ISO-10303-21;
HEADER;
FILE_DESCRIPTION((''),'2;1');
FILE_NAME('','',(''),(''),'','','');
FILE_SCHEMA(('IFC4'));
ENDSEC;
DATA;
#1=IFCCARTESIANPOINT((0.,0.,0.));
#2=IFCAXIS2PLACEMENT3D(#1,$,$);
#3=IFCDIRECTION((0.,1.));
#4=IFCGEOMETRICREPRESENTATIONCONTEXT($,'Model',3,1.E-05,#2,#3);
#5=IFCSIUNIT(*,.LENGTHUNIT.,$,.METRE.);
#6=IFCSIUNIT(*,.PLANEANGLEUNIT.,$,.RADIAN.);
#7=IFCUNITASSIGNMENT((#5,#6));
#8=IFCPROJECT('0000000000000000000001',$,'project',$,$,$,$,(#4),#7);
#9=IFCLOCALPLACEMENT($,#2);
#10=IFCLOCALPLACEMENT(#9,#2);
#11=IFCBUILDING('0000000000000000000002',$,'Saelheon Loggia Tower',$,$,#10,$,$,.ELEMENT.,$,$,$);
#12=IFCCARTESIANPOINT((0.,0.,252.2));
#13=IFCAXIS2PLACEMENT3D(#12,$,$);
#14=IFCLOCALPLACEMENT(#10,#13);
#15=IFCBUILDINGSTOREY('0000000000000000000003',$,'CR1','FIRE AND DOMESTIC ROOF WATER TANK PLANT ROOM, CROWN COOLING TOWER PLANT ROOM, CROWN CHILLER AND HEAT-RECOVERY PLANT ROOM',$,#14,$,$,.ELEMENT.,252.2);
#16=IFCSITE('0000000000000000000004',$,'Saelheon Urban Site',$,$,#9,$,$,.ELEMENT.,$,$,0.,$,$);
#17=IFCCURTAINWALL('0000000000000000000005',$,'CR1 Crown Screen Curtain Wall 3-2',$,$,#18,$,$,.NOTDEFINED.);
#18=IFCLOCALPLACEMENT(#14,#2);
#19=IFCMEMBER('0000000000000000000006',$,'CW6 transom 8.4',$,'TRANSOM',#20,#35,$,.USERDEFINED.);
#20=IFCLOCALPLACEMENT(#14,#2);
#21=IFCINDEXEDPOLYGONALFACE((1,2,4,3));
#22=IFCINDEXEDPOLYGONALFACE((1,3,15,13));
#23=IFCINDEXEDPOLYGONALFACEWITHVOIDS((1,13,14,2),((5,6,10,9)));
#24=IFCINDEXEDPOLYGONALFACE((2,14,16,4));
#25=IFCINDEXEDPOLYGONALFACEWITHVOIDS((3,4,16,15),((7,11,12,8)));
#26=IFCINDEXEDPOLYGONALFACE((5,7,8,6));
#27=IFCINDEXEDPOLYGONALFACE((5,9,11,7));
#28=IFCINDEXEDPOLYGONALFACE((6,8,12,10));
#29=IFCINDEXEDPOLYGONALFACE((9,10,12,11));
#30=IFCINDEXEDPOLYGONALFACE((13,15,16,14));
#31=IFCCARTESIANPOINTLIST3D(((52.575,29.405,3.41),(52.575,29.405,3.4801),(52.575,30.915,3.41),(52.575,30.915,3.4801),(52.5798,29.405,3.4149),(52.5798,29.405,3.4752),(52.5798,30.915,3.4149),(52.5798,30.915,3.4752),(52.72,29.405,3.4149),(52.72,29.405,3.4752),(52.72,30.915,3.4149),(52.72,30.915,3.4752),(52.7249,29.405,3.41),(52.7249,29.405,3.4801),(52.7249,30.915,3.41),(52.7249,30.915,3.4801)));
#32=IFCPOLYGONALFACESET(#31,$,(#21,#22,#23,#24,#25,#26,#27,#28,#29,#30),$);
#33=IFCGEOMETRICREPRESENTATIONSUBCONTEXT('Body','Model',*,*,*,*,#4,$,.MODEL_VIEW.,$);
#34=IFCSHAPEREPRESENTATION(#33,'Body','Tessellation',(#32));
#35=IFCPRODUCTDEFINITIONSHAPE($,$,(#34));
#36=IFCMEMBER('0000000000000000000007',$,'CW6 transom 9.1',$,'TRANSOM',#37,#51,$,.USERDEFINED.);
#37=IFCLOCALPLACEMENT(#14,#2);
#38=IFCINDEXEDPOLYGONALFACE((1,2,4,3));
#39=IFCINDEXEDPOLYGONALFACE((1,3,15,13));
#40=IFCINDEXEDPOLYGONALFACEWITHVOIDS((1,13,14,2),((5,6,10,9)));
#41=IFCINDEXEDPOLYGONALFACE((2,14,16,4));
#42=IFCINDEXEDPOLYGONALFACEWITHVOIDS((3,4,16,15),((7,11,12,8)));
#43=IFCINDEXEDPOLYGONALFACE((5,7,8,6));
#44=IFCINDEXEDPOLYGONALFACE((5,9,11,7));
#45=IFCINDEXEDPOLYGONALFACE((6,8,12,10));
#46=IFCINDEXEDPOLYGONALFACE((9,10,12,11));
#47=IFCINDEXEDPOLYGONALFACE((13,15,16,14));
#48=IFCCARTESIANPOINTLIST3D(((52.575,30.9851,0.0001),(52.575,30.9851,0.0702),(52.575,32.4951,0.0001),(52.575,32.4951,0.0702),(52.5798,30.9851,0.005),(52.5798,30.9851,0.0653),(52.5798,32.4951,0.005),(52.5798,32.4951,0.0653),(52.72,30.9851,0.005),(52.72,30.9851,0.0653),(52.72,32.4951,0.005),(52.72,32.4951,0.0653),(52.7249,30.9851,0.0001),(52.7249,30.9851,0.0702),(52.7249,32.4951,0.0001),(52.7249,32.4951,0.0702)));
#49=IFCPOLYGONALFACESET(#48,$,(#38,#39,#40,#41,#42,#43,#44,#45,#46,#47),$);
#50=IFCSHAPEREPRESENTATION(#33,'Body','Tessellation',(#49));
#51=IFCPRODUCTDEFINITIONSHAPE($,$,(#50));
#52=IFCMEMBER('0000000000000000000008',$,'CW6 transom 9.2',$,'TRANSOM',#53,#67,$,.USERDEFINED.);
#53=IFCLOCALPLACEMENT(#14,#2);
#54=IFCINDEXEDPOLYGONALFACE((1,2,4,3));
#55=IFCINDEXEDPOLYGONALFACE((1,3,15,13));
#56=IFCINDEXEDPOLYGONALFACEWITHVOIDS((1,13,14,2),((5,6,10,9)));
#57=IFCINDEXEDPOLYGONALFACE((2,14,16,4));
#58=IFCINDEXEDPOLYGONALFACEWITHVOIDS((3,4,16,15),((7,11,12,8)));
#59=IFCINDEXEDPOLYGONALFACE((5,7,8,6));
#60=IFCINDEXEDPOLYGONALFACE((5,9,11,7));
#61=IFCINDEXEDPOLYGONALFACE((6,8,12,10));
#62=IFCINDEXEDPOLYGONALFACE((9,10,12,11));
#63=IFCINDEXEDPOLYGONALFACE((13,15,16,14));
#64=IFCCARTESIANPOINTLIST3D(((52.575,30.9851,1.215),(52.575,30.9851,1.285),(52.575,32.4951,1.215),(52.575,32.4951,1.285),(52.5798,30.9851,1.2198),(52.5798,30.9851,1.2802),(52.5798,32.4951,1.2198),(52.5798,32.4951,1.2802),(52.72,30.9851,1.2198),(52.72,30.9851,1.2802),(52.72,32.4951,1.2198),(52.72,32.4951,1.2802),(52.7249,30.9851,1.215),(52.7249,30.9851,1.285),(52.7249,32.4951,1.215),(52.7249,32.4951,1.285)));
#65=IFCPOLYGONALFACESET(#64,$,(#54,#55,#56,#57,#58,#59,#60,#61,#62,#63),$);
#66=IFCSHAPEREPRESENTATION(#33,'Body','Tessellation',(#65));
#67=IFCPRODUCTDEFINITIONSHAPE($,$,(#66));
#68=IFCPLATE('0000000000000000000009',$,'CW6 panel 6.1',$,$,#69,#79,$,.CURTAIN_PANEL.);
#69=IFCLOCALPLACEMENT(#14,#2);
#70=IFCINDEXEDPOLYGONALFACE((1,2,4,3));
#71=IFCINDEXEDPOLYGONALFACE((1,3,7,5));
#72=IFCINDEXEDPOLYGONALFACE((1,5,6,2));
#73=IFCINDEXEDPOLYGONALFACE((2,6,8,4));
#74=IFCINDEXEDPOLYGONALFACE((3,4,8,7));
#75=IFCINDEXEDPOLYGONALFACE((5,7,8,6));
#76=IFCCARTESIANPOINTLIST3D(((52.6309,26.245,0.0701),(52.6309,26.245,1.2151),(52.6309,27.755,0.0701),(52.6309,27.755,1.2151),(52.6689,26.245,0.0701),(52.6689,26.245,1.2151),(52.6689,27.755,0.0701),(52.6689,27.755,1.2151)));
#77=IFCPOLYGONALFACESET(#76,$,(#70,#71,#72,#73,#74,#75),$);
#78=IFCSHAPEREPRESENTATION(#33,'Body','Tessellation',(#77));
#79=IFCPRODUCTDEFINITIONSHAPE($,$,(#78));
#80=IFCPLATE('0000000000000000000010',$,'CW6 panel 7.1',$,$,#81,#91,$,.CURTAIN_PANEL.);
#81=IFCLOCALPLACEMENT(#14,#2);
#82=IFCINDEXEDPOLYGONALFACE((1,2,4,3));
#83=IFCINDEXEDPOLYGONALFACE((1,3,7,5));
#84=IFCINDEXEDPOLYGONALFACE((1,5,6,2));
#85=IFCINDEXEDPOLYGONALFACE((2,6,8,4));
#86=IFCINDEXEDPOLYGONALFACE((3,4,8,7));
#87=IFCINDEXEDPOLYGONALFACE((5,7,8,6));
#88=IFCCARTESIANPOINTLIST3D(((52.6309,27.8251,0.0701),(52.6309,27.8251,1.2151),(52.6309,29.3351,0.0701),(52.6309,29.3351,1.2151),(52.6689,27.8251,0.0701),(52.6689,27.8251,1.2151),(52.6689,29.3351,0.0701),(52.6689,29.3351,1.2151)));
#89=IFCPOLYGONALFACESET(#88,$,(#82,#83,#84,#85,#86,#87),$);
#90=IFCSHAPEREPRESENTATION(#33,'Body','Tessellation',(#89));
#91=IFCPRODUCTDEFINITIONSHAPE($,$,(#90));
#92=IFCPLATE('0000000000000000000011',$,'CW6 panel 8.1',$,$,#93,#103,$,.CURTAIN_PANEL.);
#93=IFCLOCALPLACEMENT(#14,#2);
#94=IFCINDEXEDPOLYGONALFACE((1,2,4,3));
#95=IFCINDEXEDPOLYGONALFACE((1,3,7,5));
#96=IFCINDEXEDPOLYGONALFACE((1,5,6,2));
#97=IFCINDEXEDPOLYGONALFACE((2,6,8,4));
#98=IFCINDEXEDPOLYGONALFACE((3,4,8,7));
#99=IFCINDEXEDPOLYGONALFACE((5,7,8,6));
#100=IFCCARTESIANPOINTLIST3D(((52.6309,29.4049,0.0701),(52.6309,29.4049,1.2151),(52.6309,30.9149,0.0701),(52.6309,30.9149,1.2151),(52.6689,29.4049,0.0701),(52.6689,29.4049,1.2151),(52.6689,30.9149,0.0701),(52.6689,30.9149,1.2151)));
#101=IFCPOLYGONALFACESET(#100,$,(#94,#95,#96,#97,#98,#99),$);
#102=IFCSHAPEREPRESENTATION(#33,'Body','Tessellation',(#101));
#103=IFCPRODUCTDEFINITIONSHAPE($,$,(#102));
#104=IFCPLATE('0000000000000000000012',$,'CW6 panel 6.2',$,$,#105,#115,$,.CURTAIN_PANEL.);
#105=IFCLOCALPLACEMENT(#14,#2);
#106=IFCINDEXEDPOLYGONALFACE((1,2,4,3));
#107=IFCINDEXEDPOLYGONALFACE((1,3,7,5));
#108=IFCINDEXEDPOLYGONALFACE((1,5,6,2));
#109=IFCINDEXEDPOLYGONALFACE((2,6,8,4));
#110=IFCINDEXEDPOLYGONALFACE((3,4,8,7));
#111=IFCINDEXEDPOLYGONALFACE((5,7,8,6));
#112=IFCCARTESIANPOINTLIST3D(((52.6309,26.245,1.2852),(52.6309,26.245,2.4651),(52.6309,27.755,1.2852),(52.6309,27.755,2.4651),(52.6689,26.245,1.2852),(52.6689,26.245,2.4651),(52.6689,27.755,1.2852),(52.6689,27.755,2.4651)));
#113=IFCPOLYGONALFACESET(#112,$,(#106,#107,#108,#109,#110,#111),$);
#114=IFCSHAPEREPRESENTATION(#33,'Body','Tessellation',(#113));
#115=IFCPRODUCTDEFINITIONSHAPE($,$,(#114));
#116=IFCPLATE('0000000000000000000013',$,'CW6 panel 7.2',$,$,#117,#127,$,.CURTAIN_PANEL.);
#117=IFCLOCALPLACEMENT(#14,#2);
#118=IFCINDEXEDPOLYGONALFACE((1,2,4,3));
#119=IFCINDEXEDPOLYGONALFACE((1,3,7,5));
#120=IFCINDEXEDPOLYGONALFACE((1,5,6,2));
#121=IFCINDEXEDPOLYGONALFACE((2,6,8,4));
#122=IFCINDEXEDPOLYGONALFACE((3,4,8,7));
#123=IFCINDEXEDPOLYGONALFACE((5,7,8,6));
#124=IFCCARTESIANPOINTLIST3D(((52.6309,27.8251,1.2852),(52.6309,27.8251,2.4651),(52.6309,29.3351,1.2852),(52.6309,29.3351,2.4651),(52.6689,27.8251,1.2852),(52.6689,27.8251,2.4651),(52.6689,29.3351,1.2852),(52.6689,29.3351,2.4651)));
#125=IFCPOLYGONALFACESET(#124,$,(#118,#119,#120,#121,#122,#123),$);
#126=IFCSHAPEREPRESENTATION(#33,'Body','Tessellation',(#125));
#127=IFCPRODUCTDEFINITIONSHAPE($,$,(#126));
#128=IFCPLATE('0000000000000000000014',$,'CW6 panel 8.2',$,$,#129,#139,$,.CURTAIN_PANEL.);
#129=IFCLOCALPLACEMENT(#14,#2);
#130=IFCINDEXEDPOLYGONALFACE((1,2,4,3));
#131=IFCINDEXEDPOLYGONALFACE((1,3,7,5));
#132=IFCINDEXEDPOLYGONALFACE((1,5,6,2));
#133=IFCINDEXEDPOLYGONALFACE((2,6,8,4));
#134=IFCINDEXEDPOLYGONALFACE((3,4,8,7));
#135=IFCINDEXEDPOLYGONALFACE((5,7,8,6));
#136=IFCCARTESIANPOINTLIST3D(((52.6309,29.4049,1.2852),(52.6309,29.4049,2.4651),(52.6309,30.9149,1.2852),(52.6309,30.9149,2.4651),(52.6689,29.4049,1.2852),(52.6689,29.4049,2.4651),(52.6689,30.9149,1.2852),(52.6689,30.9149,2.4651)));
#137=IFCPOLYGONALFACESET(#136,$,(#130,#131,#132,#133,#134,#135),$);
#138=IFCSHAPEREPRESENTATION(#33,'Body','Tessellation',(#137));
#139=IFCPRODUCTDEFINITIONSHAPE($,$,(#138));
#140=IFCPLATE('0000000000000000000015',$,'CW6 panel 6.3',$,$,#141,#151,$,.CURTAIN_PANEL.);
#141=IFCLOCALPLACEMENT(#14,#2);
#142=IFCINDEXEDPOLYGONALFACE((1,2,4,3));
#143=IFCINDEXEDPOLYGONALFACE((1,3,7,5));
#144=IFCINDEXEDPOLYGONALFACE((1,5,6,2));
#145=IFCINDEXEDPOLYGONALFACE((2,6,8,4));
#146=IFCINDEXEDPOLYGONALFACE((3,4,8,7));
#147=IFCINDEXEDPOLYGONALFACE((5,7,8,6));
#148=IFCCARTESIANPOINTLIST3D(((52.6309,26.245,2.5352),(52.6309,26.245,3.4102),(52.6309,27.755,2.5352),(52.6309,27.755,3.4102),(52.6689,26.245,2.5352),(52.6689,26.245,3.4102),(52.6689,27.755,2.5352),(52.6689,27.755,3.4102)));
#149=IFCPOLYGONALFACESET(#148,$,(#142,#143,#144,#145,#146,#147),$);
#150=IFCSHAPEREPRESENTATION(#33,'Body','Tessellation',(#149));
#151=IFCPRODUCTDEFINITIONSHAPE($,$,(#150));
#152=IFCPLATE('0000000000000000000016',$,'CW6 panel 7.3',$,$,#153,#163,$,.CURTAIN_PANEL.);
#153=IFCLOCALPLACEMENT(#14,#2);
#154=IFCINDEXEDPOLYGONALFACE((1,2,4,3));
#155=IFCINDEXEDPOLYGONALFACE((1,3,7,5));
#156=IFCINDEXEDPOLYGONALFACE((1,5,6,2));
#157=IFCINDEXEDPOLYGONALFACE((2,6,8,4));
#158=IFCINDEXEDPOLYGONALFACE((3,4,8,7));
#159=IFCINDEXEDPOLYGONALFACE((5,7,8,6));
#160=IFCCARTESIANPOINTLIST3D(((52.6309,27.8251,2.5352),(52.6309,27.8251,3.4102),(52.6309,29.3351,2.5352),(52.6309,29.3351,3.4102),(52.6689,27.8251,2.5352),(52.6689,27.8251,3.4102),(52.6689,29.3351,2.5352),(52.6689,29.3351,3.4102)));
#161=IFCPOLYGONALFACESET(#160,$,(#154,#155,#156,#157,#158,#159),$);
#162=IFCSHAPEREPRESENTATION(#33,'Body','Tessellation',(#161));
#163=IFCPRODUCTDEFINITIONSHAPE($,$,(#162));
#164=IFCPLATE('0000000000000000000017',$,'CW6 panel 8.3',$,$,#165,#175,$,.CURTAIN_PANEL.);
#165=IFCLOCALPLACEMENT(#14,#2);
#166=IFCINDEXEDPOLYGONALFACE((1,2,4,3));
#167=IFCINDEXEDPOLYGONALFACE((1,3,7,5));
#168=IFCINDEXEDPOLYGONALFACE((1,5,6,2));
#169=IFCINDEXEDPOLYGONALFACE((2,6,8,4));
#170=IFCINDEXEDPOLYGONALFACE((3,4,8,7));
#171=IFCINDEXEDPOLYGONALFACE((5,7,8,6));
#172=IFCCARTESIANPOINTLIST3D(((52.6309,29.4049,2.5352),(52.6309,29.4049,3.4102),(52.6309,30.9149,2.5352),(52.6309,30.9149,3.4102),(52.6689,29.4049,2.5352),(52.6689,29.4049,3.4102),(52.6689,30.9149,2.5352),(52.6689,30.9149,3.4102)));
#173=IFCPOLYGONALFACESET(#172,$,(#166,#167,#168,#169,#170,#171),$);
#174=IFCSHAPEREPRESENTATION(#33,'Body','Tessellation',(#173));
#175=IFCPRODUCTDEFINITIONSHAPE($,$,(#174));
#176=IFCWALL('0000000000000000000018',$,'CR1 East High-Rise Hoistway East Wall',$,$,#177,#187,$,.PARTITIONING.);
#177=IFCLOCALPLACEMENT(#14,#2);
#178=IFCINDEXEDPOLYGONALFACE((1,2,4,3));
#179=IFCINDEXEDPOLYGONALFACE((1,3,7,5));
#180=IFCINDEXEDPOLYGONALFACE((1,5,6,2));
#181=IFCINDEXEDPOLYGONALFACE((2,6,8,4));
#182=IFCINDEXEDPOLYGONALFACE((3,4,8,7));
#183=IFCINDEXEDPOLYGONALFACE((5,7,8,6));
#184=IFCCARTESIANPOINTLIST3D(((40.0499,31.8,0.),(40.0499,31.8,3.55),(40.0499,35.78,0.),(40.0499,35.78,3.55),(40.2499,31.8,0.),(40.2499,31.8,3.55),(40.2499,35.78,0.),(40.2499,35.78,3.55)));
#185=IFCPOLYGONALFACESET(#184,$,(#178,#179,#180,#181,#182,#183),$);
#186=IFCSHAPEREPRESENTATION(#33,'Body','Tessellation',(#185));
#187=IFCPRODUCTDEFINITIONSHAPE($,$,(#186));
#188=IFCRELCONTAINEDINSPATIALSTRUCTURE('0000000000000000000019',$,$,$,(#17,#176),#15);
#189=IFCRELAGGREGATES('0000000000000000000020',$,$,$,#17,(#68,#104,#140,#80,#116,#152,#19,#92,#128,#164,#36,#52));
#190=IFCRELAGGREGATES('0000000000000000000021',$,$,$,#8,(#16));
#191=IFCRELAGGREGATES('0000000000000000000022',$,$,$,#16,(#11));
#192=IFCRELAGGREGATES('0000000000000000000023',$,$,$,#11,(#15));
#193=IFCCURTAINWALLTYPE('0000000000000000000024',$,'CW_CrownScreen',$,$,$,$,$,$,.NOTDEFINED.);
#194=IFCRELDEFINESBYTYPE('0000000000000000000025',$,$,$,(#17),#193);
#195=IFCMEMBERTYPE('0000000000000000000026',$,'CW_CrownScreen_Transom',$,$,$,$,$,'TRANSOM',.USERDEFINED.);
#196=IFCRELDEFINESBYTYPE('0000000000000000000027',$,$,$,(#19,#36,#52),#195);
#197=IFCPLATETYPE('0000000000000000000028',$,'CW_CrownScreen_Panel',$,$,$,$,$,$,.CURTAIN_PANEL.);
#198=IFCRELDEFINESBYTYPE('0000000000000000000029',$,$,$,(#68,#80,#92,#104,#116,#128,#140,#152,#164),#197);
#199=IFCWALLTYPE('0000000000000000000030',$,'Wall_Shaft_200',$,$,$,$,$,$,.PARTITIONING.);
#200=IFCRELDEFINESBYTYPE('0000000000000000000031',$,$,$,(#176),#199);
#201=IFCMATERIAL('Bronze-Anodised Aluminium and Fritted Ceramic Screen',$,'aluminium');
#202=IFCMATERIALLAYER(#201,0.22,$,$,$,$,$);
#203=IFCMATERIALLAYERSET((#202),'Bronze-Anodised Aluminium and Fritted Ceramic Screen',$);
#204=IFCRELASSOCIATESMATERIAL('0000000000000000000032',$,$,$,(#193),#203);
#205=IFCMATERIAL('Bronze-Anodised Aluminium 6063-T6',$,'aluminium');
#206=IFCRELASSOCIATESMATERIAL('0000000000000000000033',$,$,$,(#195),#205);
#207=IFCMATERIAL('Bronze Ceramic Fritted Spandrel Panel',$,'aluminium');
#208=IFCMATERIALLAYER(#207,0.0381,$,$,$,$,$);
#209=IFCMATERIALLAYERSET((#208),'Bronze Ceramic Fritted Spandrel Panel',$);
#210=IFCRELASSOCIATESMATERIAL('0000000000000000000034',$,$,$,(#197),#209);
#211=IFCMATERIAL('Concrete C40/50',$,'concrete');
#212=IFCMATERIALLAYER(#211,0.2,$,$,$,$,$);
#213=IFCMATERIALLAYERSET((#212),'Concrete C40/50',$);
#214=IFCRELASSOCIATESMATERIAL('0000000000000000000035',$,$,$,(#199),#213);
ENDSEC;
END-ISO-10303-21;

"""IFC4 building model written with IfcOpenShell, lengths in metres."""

from ifc_helpers import new_model, si_unit, direction, frame, frame_2d, origin, origin_2d, place, context, subcontext, project, spatial, rectangle, hollow_rectangle, extrude, source, transform, mapped, material, layer, layer_set, material_profile, profile_set, type_object, element, aggregate, save


model = new_model("IFC4")

# Units and contexts
model_context = context("Model", 3, precision=1e-05, world=origin(), true_north=direction((0.0, 1.0)))
body_context = subcontext(model_context, "Body", "Model", "MODEL_VIEW")
ifc_project = project(units=[si_unit("LENGTHUNIT", "METRE"), si_unit("PLANEANGLEUNIT", "RADIAN")], contexts=[model_context])

# Site, building, storey
site_placement = place(None, origin())
site = spatial("IfcSite", under=ifc_project, at=site_placement, Name="Saelheon Urban Site", CompositionType="ELEMENT", RefElevation=0.0)
building_placement = place(site_placement, origin())
building = spatial("IfcBuilding", under=site, at=building_placement, Name="Saelheon Loggia Tower", CompositionType="ELEMENT")
storey_placement = place(building_placement, frame((0.0, 0.0, 252.2)))
storey = spatial("IfcBuildingStorey", under=building, at=storey_placement, Name="CR1", Description="FIRE AND DOMESTIC ROOF WATER TANK PLANT ROOM, CROWN COOLING TOWER PLANT ROOM, CROWN CHILLER AND HEAT-RECOVERY PLANT ROOM", CompositionType="ELEMENT", Elevation=252.2)

# Curtain wall, members, plates
ifc_material_1 = material(Name="Bronze-Anodised Aluminium and Fritted Ceramic Screen", Category="aluminium")
ifc_layer_1 = layer(ifc_material_1, 0.22)
ifc_layer_set_1 = layer_set([ifc_layer_1], Name="Bronze-Anodised Aluminium and Fritted Ceramic Screen")
curtain_wall_type = type_object("IfcCurtainWallType", Name="CW_CrownScreen", PredefinedType="NOTDEFINED", material=ifc_layer_set_1)
curtain_wall_placement = place(storey_placement, origin())
curtain_wall = element("IfcCurtainWall", 1, at=curtain_wall_placement, inside=storey, type_object=curtain_wall_type, Name="CR1 Crown Screen Curtain Wall 3-2", PredefinedType="NOTDEFINED")
ifc_material_2 = material(Name="Bronze-Anodised Aluminium 6063-T6", Category="aluminium")
ifc_material_profile_1 = material_profile(ifc_material_2, hollow_rectangle(XDim=0.0701, YDim=0.1499, WallThickness=0.0049, at=origin_2d()), Name="RHS-150x70x5")
ifc_profile_set_1 = profile_set([ifc_material_profile_1], Name="Bronze-Anodised Aluminium 6063-T6")
member_type_1 = type_object("IfcMemberType", Name="CW_CrownScreen_Transom", ElementType="TRANSOM", PredefinedType="USERDEFINED", material=ifc_profile_set_1)
shared_shape_1 = source(origin(), body_context, "Body", "SweptSolid", [
    extrude(hollow_rectangle(XDim=0.0701, YDim=0.1499, WallThickness=0.0049, at=origin_2d()), origin(), (0.0, 0.0, 1.0), 1.51),
])
member_1_placement = place(storey_placement, frame((52.6499, 29.405, 3.4451), z_axis=(0.0, 1.0, 0.0), x_axis=(0.0, 0.0, 1.0)))
member_1 = element("IfcMember", 2, at=member_1_placement, type_object=member_type_1, Name="CW6 transom 8.4", ObjectType="TRANSOM", PredefinedType="USERDEFINED", context=body_context, shape_type="MappedRepresentation", body=[
    mapped(shared_shape_1, transform((0.0, 0.0, 0.0), scale=1.0)),
])
member_2_placement = place(storey_placement, frame((52.6499, 30.9851, 0.0352), z_axis=(0.0, 1.0, 0.0), x_axis=(0.0, 0.0, 1.0)))
member_2 = element("IfcMember", 3, at=member_2_placement, type_object=member_type_1, Name="CW6 transom 9.1", ObjectType="TRANSOM", PredefinedType="USERDEFINED", context=body_context, shape_type="MappedRepresentation", body=[
    mapped(shared_shape_1, transform((0.0, 0.0, 0.0), scale=1.0)),
])
member_3_placement = place(storey_placement, frame((52.6499, 30.9851, 1.25), z_axis=(0.0, 1.0, 0.0), x_axis=(0.0, 0.0, 1.0)))
member_3 = element("IfcMember", 4, at=member_3_placement, type_object=member_type_1, Name="CW6 transom 9.2", ObjectType="TRANSOM", PredefinedType="USERDEFINED", context=body_context, shape_type="MappedRepresentation", body=[
    mapped(shared_shape_1, transform((0.0, 0.0, 0.0), scale=1.0)),
])
ifc_material_3 = material(Name="Bronze Ceramic Fritted Spandrel Panel", Category="aluminium")
ifc_layer_2 = layer(ifc_material_3, 0.0381)
ifc_layer_set_2 = layer_set([ifc_layer_2], Name="Bronze Ceramic Fritted Spandrel Panel")
plate_type = type_object("IfcPlateType", Name="CW_CrownScreen_Panel", PredefinedType="CURTAIN_PANEL", material=ifc_layer_set_2)
shared_shape_2 = source(origin(), body_context, "Body", "SweptSolid", [
    extrude(rectangle(XDim=1.51, YDim=0.0381, at=origin_2d()), origin(), (0.0, 0.0, 1.0), 1.145),
])
plate_1_placement = place(storey_placement, frame((52.6499, 27.0, 0.0701), z_axis=(0.0, 0.0, 1.0), x_axis=(0.0, 1.0, 0.0)))
plate_1 = element("IfcPlate", 5, at=plate_1_placement, type_object=plate_type, Name="CW6 panel 6.1", PredefinedType="CURTAIN_PANEL", context=body_context, shape_type="MappedRepresentation", body=[
    mapped(shared_shape_2, transform((0.0, 0.0, 0.0), scale=1.0)),
])
plate_2_placement = place(storey_placement, frame((52.6499, 28.5801, 0.0701), z_axis=(0.0, 0.0, 1.0), x_axis=(0.0, 1.0, 0.0)))
plate_2 = element("IfcPlate", 6, at=plate_2_placement, type_object=plate_type, Name="CW6 panel 7.1", PredefinedType="CURTAIN_PANEL", context=body_context, shape_type="MappedRepresentation", body=[
    mapped(shared_shape_2, transform((0.0, 0.0, 0.0), scale=1.0)),
])
plate_3_placement = place(storey_placement, frame((52.6499, 30.1599, 0.0701), z_axis=(0.0, 0.0, 1.0), x_axis=(0.0, 1.0, 0.0)))
plate_3 = element("IfcPlate", 7, at=plate_3_placement, type_object=plate_type, Name="CW6 panel 8.1", PredefinedType="CURTAIN_PANEL", context=body_context, shape_type="MappedRepresentation", body=[
    mapped(shared_shape_2, transform((0.0, 0.0, 0.0), scale=1.0)),
])
shared_shape_3 = source(origin(), body_context, "Body", "SweptSolid", [
    extrude(rectangle(XDim=1.51, YDim=0.0381, at=origin_2d()), origin(), (0.0, 0.0, 1.0), 1.1799),
])
plate_4_placement = place(storey_placement, frame((52.6499, 27.0, 1.2852), z_axis=(0.0, 0.0, 1.0), x_axis=(0.0, 1.0, 0.0)))
plate_4 = element("IfcPlate", 8, at=plate_4_placement, type_object=plate_type, Name="CW6 panel 6.2", PredefinedType="CURTAIN_PANEL", context=body_context, shape_type="MappedRepresentation", body=[
    mapped(shared_shape_3, transform((0.0, 0.0, 0.0), scale=1.0)),
])
plate_5_placement = place(storey_placement, frame((52.6499, 28.5801, 1.2852), z_axis=(0.0, 0.0, 1.0), x_axis=(0.0, 1.0, 0.0)))
plate_5 = element("IfcPlate", 9, at=plate_5_placement, type_object=plate_type, Name="CW6 panel 7.2", PredefinedType="CURTAIN_PANEL", context=body_context, shape_type="MappedRepresentation", body=[
    mapped(shared_shape_3, transform((0.0, 0.0, 0.0), scale=1.0)),
])
plate_6_placement = place(storey_placement, frame((52.6499, 30.1599, 1.2852), z_axis=(0.0, 0.0, 1.0), x_axis=(0.0, 1.0, 0.0)))
plate_6 = element("IfcPlate", 10, at=plate_6_placement, type_object=plate_type, Name="CW6 panel 8.2", PredefinedType="CURTAIN_PANEL", context=body_context, shape_type="MappedRepresentation", body=[
    mapped(shared_shape_3, transform((0.0, 0.0, 0.0), scale=1.0)),
])
shared_shape_4 = source(origin(), body_context, "Body", "SweptSolid", [
    extrude(rectangle(XDim=1.51, YDim=0.0381, at=origin_2d()), origin(), (0.0, 0.0, 1.0), 0.875),
])
plate_7_placement = place(storey_placement, frame((52.6499, 27.0, 2.5352), z_axis=(0.0, 0.0, 1.0), x_axis=(0.0, 1.0, 0.0)))
plate_7 = element("IfcPlate", 11, at=plate_7_placement, type_object=plate_type, Name="CW6 panel 6.3", PredefinedType="CURTAIN_PANEL", context=body_context, shape_type="MappedRepresentation", body=[
    mapped(shared_shape_4, transform((0.0, 0.0, 0.0), scale=1.0)),
])
plate_8_placement = place(storey_placement, frame((52.6499, 28.5801, 2.5352), z_axis=(0.0, 0.0, 1.0), x_axis=(0.0, 1.0, 0.0)))
plate_8 = element("IfcPlate", 12, at=plate_8_placement, type_object=plate_type, Name="CW6 panel 7.3", PredefinedType="CURTAIN_PANEL", context=body_context, shape_type="MappedRepresentation", body=[
    mapped(shared_shape_4, transform((0.0, 0.0, 0.0), scale=1.0)),
])
plate_9_placement = place(storey_placement, frame((52.6499, 30.1599, 2.5352), z_axis=(0.0, 0.0, 1.0), x_axis=(0.0, 1.0, 0.0)))
plate_9 = element("IfcPlate", 13, at=plate_9_placement, type_object=plate_type, Name="CW6 panel 8.3", PredefinedType="CURTAIN_PANEL", context=body_context, shape_type="MappedRepresentation", body=[
    mapped(shared_shape_4, transform((0.0, 0.0, 0.0), scale=1.0)),
])
aggregate(curtain_wall, [plate_1, plate_4, plate_7, plate_2, plate_5, plate_8, member_1, plate_3, plate_6, plate_9, member_2, member_3])

# Wall
ifc_material_4 = material(Name="Concrete C40/50", Category="concrete")
ifc_layer_3 = layer(ifc_material_4, 0.2)
ifc_layer_set_3 = layer_set([ifc_layer_3], Name="Concrete C40/50")
wall_type = type_object("IfcWallType", Name="Wall_Shaft_200", PredefinedType="PARTITIONING", material=ifc_layer_set_3)
wall_1_placement = place(storey_placement, frame((40.1499, 31.8, 0.0), z_axis=(0.0, 0.0, 1.0), x_axis=(0.0, 1.0, 0.0)))
element("IfcWall", 14, at=wall_1_placement, inside=storey, type_object=wall_type, Name="CR1 East High-Rise Hoistway East Wall", PredefinedType="PARTITIONING", context=body_context, shape_type="SweptSolid", body=[
    extrude(rectangle(XDim=3.98, YDim=0.2, at=frame_2d((1.99, 0.0))), origin(), (0.0, 0.0, 1.0), 3.55),
])

save(model, "model.ifc")
